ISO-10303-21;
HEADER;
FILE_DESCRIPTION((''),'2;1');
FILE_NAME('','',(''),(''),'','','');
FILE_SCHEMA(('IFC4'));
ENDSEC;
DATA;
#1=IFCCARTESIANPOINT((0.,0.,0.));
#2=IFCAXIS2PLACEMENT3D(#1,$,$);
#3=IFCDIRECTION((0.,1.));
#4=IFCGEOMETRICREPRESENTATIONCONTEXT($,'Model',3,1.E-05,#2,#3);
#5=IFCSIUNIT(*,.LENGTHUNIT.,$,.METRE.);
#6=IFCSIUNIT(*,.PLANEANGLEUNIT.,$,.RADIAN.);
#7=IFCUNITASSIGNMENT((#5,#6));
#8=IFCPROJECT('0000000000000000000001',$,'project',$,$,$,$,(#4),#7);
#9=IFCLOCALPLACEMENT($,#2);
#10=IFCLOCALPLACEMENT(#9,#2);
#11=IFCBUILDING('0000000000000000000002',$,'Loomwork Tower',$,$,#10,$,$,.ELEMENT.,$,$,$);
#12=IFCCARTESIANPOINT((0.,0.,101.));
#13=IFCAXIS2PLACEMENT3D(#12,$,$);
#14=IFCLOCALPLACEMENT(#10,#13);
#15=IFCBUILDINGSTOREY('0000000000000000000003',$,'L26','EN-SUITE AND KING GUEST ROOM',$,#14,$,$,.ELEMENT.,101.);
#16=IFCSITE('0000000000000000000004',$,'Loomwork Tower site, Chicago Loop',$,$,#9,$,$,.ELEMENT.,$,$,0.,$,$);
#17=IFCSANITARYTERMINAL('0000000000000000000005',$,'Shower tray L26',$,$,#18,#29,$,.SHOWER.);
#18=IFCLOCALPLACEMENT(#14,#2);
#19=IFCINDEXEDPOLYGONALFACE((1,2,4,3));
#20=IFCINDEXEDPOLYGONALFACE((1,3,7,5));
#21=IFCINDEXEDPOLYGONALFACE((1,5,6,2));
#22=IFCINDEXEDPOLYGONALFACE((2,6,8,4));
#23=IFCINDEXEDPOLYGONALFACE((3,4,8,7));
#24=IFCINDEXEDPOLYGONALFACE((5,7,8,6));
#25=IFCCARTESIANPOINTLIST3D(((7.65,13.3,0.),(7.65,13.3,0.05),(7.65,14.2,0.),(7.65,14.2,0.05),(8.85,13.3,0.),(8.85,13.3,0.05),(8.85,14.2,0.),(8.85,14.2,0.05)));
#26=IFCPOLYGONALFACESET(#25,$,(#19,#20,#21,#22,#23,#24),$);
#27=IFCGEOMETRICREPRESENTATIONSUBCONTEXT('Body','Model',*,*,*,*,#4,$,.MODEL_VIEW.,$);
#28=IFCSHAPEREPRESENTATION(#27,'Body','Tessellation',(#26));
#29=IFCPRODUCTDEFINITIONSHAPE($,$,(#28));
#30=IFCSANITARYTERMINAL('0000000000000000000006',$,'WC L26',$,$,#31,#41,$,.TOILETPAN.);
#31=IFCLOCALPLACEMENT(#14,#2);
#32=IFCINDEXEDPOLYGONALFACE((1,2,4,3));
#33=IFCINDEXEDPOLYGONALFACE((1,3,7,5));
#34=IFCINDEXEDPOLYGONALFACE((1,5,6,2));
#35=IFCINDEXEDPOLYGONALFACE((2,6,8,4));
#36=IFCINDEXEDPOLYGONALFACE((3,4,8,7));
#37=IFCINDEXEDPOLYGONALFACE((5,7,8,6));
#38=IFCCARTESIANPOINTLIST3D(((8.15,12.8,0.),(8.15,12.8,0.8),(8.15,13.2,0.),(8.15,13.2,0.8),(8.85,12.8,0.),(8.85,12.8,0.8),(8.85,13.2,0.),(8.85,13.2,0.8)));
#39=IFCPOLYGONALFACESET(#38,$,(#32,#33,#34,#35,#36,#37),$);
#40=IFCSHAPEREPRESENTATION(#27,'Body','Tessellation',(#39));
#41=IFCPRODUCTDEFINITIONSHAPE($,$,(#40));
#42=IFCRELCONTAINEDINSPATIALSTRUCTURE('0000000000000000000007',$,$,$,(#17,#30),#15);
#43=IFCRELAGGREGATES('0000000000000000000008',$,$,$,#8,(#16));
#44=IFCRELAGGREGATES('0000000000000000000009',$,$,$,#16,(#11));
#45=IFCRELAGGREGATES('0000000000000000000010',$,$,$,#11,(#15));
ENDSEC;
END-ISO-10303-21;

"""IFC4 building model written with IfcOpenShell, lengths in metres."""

from ifc_helpers import new_model, si_unit, direction, frame, origin, origin_2d, place, context, subcontext, project, spatial, rectangle, extrude, element, save


model = new_model("IFC4")

# Units and contexts
model_context = context("Model", 3, precision=1e-05, world=origin(), true_north=direction((0.0, 1.0)))
body_context = subcontext(model_context, "Body", "Model", "MODEL_VIEW")
ifc_project = project(units=[si_unit("LENGTHUNIT", "METRE"), si_unit("PLANEANGLEUNIT", "RADIAN")], contexts=[model_context])

# Site, building, storey
site_placement = place(None, origin())
site = spatial("IfcSite", under=ifc_project, at=site_placement, Name="Loomwork Tower site, Chicago Loop", CompositionType="ELEMENT", RefElevation=0.0)
building_placement = place(site_placement, origin())
building = spatial("IfcBuilding", under=site, at=building_placement, Name="Loomwork Tower", CompositionType="ELEMENT")
storey_placement = place(building_placement, frame((0.0, 0.0, 101.0)))
storey = spatial("IfcBuildingStorey", under=building, at=storey_placement, Name="L26", Description="EN-SUITE AND KING GUEST ROOM", CompositionType="ELEMENT", Elevation=101.0)

# Sanitary terminals
sanitary_terminal_1_placement = place(storey_placement, frame((8.25, 13.75, 0.0), z_axis=(0.0, 0.0, 1.0), x_axis=(1.0, 0.0, 0.0)))
element("IfcSanitaryTerminal", 1, at=sanitary_terminal_1_placement, inside=storey, Name="Shower tray L26", PredefinedType="SHOWER", context=body_context, shape_type="SweptSolid", body=[
    extrude(rectangle(XDim=1.2, YDim=0.8999, at=origin_2d()), origin(), (0.0, 0.0, 1.0), 0.05),
])
sanitary_terminal_2_placement = place(storey_placement, frame((8.5, 13.0, 0.0), z_axis=(0.0, 0.0, 1.0), x_axis=(1.0, 0.0, 0.0)))
element("IfcSanitaryTerminal", 2, at=sanitary_terminal_2_placement, inside=storey, Name="WC L26", PredefinedType="TOILETPAN", context=body_context, shape_type="SweptSolid", body=[
    extrude(rectangle(XDim=0.7, YDim=0.3999, at=origin_2d()), origin(), (0.0, 0.0, 1.0), 0.8),
])

save(model, "model.ifc")
